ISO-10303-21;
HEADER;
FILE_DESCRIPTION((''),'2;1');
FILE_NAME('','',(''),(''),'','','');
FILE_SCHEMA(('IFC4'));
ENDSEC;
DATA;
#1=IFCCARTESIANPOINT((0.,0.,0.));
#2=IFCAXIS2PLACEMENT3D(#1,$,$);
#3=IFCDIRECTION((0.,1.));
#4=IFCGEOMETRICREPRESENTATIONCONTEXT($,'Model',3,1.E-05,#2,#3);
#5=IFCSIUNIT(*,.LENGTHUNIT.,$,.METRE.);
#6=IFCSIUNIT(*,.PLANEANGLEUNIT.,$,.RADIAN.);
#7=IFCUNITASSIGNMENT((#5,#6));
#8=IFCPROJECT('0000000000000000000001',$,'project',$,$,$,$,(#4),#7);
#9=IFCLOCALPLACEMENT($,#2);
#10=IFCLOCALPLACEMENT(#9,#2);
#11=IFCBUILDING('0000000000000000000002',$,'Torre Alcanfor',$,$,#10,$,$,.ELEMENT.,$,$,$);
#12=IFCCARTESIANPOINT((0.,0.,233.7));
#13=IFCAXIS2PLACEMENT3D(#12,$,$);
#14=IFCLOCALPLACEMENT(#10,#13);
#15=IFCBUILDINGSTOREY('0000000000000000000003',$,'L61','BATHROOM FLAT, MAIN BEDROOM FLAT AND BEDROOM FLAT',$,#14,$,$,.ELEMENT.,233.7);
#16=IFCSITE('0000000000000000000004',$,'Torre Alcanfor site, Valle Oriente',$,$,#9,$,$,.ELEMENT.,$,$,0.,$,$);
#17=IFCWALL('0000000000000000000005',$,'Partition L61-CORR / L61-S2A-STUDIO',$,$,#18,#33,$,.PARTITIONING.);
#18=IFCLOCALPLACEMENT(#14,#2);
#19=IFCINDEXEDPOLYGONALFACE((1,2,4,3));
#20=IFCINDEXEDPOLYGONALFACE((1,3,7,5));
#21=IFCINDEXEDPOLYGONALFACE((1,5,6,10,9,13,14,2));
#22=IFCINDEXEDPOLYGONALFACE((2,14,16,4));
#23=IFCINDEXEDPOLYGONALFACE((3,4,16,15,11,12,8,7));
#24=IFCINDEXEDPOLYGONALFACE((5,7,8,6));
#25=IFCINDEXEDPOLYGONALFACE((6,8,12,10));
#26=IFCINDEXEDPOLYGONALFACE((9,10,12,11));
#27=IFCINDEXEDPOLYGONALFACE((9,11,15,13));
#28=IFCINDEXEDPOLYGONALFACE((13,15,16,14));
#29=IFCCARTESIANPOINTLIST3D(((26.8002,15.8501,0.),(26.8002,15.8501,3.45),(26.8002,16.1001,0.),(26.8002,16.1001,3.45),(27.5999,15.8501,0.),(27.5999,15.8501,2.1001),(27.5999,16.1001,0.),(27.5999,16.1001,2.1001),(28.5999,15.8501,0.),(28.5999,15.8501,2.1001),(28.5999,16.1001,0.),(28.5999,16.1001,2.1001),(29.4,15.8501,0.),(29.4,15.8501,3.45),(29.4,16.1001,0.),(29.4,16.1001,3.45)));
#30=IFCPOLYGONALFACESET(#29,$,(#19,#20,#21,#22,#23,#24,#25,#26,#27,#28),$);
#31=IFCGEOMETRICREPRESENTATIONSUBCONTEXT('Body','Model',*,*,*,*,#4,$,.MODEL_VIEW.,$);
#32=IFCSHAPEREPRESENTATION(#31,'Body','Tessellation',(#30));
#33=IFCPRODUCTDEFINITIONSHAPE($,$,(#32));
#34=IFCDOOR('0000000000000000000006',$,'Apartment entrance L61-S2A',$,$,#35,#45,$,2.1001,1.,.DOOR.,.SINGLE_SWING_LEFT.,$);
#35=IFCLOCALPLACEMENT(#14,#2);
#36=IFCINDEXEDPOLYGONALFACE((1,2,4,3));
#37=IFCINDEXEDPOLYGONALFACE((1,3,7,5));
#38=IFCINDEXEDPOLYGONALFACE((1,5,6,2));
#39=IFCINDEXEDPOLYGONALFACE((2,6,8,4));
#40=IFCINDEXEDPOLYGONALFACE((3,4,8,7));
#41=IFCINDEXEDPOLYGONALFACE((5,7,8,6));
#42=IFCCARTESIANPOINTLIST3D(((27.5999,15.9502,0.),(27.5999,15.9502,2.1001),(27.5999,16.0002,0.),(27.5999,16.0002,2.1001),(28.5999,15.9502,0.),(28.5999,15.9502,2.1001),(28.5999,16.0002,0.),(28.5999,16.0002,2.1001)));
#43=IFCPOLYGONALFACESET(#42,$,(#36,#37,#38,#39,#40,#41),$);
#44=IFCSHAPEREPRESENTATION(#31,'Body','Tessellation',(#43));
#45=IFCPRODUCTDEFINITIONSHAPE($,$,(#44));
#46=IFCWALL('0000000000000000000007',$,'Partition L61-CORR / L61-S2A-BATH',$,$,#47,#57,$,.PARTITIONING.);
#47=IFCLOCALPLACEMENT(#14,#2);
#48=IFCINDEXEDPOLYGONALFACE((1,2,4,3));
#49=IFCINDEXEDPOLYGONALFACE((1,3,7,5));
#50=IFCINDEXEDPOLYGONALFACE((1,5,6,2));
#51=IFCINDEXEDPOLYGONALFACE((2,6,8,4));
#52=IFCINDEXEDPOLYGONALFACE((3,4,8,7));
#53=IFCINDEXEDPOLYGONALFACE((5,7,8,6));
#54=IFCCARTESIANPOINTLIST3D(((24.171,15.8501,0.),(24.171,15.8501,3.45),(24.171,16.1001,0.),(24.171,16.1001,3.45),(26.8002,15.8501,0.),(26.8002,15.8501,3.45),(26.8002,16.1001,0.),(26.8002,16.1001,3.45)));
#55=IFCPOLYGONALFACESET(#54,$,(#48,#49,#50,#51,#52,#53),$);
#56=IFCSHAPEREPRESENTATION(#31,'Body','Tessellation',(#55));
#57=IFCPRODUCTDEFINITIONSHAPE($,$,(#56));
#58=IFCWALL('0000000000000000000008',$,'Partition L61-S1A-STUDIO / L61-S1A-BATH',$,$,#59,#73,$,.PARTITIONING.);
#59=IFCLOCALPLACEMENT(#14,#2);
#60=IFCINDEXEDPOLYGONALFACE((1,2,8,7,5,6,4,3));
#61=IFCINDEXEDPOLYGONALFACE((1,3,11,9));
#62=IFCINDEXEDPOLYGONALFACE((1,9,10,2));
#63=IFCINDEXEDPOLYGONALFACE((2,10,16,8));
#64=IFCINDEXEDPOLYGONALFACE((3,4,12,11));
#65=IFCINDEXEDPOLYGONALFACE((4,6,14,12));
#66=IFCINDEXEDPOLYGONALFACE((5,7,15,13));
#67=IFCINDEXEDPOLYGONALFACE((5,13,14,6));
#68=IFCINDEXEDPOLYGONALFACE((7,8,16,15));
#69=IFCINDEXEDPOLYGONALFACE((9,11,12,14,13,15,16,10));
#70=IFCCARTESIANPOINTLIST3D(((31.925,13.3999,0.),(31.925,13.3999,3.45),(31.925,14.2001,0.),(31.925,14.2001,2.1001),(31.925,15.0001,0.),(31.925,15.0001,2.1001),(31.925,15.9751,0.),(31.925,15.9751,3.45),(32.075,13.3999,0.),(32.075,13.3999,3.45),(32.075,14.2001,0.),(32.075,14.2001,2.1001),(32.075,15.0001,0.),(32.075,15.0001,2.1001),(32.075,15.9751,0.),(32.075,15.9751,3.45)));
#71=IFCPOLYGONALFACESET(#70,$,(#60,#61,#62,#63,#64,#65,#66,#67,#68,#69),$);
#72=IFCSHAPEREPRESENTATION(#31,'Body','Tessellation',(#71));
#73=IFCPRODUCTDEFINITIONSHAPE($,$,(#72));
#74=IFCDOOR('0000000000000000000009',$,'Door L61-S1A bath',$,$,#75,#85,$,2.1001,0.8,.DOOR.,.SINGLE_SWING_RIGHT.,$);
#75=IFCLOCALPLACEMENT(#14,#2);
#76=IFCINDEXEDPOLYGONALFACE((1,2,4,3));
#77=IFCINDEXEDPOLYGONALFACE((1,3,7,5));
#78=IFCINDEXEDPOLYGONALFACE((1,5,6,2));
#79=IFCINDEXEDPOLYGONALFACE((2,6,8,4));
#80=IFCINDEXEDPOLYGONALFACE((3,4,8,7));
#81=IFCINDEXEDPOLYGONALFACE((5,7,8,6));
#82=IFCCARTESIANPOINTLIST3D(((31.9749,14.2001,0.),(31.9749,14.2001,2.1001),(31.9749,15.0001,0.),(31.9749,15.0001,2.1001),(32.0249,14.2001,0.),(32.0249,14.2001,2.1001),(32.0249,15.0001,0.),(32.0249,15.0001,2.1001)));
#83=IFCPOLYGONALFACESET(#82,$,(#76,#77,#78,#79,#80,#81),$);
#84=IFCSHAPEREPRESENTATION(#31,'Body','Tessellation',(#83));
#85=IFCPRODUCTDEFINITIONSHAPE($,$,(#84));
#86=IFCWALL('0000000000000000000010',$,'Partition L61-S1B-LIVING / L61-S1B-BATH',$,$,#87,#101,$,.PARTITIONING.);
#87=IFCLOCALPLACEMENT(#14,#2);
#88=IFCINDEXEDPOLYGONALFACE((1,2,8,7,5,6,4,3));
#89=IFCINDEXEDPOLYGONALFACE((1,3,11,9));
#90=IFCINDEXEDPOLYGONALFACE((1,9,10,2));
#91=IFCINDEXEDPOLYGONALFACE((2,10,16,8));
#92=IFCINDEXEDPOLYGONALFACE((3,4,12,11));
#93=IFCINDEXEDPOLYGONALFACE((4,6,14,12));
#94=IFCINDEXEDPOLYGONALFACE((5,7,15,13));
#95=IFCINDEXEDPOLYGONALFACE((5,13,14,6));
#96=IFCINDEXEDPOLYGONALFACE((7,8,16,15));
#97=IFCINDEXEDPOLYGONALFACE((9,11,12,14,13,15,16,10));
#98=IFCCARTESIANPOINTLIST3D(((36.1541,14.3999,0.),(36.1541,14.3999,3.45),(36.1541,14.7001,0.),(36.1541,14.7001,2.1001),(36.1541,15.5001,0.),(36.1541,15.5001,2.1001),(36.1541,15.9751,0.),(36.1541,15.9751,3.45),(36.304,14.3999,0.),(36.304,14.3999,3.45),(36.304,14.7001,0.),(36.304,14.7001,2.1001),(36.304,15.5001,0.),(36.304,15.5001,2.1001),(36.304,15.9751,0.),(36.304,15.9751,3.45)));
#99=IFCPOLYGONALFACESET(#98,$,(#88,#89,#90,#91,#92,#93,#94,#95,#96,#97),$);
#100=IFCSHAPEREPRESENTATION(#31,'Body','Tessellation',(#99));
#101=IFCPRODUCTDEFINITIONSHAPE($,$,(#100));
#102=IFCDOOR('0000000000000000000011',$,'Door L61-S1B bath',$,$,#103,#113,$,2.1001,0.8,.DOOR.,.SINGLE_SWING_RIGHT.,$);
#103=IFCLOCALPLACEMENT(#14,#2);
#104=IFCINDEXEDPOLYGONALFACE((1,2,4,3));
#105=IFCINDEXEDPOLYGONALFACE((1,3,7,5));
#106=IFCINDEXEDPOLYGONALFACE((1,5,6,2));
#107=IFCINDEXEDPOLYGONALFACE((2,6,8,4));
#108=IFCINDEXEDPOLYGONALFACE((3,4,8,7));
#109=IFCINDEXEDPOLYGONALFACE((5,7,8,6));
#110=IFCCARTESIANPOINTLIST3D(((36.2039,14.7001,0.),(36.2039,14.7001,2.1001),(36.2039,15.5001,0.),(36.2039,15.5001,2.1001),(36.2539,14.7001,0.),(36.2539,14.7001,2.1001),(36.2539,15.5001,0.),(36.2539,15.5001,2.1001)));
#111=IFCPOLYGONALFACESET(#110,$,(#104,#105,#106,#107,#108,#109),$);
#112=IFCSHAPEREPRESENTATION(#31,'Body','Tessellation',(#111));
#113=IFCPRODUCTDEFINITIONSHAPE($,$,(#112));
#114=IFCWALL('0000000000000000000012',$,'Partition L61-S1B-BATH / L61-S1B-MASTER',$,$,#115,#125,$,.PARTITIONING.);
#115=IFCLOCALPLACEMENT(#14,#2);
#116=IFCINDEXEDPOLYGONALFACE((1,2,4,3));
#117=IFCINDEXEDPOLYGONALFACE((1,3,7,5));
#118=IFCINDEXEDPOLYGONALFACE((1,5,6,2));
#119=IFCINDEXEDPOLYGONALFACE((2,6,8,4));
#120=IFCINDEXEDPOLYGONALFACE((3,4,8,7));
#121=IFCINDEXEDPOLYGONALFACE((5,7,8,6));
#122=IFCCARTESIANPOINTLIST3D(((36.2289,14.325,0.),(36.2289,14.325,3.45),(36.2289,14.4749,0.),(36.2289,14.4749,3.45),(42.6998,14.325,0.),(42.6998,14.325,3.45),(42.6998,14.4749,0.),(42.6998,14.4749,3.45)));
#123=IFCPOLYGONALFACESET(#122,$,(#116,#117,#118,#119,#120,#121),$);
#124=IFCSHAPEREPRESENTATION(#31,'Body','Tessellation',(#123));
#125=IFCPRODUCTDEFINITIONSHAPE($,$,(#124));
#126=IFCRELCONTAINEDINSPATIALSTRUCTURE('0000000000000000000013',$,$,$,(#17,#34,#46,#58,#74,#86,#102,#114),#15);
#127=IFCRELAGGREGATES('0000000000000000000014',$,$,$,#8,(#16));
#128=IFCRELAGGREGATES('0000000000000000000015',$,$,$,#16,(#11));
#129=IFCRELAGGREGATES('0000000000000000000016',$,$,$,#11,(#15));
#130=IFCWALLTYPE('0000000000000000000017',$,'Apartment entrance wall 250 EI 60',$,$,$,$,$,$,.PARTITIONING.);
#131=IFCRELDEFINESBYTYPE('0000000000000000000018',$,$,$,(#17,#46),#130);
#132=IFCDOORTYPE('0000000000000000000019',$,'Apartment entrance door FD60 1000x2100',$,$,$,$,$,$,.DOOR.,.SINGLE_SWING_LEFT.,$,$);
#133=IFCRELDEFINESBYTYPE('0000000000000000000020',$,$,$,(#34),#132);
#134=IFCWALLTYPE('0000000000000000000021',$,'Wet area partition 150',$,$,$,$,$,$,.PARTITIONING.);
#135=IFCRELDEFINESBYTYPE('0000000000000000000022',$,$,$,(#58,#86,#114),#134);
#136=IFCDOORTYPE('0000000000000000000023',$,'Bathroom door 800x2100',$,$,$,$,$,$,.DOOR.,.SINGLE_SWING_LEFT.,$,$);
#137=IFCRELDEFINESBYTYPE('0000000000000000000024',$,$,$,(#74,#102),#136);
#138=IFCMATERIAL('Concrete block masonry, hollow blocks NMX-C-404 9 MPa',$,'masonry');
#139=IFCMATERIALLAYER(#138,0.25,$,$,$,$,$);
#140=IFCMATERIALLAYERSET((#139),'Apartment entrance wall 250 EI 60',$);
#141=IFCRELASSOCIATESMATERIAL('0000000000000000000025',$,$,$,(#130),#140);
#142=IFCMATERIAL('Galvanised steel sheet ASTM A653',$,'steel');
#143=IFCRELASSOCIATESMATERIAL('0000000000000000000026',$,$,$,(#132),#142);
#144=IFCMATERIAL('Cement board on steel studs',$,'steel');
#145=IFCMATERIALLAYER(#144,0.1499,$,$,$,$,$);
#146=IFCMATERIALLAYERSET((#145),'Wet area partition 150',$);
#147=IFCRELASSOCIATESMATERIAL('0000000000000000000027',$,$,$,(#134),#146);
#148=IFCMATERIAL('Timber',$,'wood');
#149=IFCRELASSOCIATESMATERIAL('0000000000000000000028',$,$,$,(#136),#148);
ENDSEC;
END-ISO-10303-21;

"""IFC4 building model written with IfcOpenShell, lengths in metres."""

from ifc_helpers import new_model, si_unit, direction, frame, frame_2d, origin, place, context, subcontext, project, spatial, rectangle, extrude, material, layer, layer_set, type_object, element, fill, save


model = new_model("IFC4")

# Units and contexts
model_context = context("Model", 3, precision=1e-05, world=origin(), true_north=direction((0.0, 1.0)))
body_context = subcontext(model_context, "Body", "Model", "MODEL_VIEW")
ifc_project = project(units=[si_unit("LENGTHUNIT", "METRE"), si_unit("PLANEANGLEUNIT", "RADIAN")], contexts=[model_context])

# Site, building, storey
site_placement = place(None, origin())
site = spatial("IfcSite", under=ifc_project, at=site_placement, Name="Torre Alcanfor site, Valle Oriente", CompositionType="ELEMENT", RefElevation=0.0)
building_placement = place(site_placement, origin())
building = spatial("IfcBuilding", under=site, at=building_placement, Name="Torre Alcanfor", CompositionType="ELEMENT")
storey_placement = place(building_placement, frame((0.0, 0.0, 233.7)))
storey = spatial("IfcBuildingStorey", under=building, at=storey_placement, Name="L61", Description="BATHROOM FLAT, MAIN BEDROOM FLAT AND BEDROOM FLAT", CompositionType="ELEMENT", Elevation=233.7)

# Shared definitions
ifc_material_1 = material(Name="Concrete block masonry, hollow blocks NMX-C-404 9 MPa", Category="masonry")
ifc_layer_1 = layer(ifc_material_1, 0.25)
ifc_layer_set_1 = layer_set([ifc_layer_1], Name="Apartment entrance wall 250 EI 60")
wall_type_1 = type_object("IfcWallType", Name="Apartment entrance wall 250 EI 60", PredefinedType="PARTITIONING", material=ifc_layer_set_1)
ifc_material_2 = material(Name="Galvanised steel sheet ASTM A653", Category="steel")
door_type_1 = type_object("IfcDoorType", Name="Apartment entrance door FD60 1000x2100", OperationType="SINGLE_SWING_LEFT", PredefinedType="DOOR", material=ifc_material_2)

# Wall, opening, door
wall_1_placement = place(storey_placement, frame((29.3999, 15.9751, 0.0), z_axis=(0.0, 0.0, 1.0), x_axis=(-1.0, 0.0, 0.0)))
wall_1 = element("IfcWall", 1, at=wall_1_placement, inside=storey, type_object=wall_type_1, Name="Partition L61-CORR / L61-S2A-STUDIO", PredefinedType="PARTITIONING", context=body_context, shape_type="SweptSolid", body=[
    extrude(rectangle(XDim=2.5999, YDim=0.25, at=frame_2d((1.2998, 0.0))), origin(), (0.0, 0.0, 1.0), 3.45),
])
opening_1_placement = place(wall_1_placement, frame((0.8, 0.0, 0.0)))
opening_1 = element("IfcOpeningElement", 2, at=opening_1_placement, cuts=wall_1, PredefinedType="OPENING", context=body_context, shape_type="SweptSolid", body=[
    extrude(rectangle(XDim=1.0, YDim=2.1001, at=frame_2d((0.5, 1.05))), frame((0.0, 0.135, 0.0), z_axis=(0.0, -1.0, 0.0), x_axis=(1.0, 0.0, 0.0)), (0.0, 0.0, 1.0), 0.27),
])
door_1_placement = place(opening_1_placement, origin())
door_1 = element("IfcDoor", 3, at=door_1_placement, inside=storey, type_object=door_type_1, Name="Apartment entrance L61-S2A", OperationType="SINGLE_SWING_LEFT", OverallHeight=2.1001, OverallWidth=1.0, PredefinedType="DOOR", context=body_context, shape_type="SweptSolid", body=[
    extrude(rectangle(XDim=1.0, YDim=2.1001, at=frame_2d((0.5, 1.05))), frame((0.0, 0.0249, 0.0), z_axis=(0.0, -1.0, 0.0), x_axis=(1.0, 0.0, 0.0)), (0.0, 0.0, 1.0), 0.05),
])
fill(opening_1, door_1)

# Wall
wall_2_placement = place(storey_placement, frame((26.8, 15.9751, 0.0), z_axis=(0.0, 0.0, 1.0), x_axis=(-1.0, 0.0, 0.0)))
element("IfcWall", 4, at=wall_2_placement, inside=storey, type_object=wall_type_1, Name="Partition L61-CORR / L61-S2A-BATH", PredefinedType="PARTITIONING", context=body_context, shape_type="SweptSolid", body=[
    extrude(rectangle(XDim=2.6292, YDim=0.25, at=frame_2d((1.3145, 0.0))), origin(), (0.0, 0.0, 1.0), 3.45),
])

# Walls, openings, doors
ifc_material_3 = material(Name="Cement board on steel studs", Category="steel")
ifc_layer_2 = layer(ifc_material_3, 0.1499)
ifc_layer_set_2 = layer_set([ifc_layer_2], Name="Wet area partition 150")
wall_type_2 = type_object("IfcWallType", Name="Wet area partition 150", PredefinedType="PARTITIONING", material=ifc_layer_set_2)
wall_3_placement = place(storey_placement, frame((32.0, 15.9751, 0.0), z_axis=(0.0, 0.0, 1.0), x_axis=(0.0, -1.0, 0.0)))
wall_3 = element("IfcWall", 5, at=wall_3_placement, inside=storey, type_object=wall_type_2, Name="Partition L61-S1A-STUDIO / L61-S1A-BATH", PredefinedType="PARTITIONING", context=body_context, shape_type="SweptSolid", body=[
    extrude(rectangle(XDim=2.5752, YDim=0.1499, at=frame_2d((1.2876, 0.0))), origin(), (0.0, 0.0, 1.0), 3.45),
])
opening_2_placement = place(wall_3_placement, frame((0.9751, 0.0, 0.0)))
opening_2 = element("IfcOpeningElement", 6, at=opening_2_placement, cuts=wall_3, PredefinedType="OPENING", context=body_context, shape_type="SweptSolid", body=[
    extrude(rectangle(XDim=0.8, YDim=2.1001, at=frame_2d((0.3999, 1.05))), frame((0.0, 0.085, 0.0), z_axis=(0.0, -1.0, 0.0), x_axis=(1.0, 0.0, 0.0)), (0.0, 0.0, 1.0), 0.1699),
])
ifc_material_4 = material(Name="Timber", Category="wood")
door_type_2 = type_object("IfcDoorType", Name="Bathroom door 800x2100", OperationType="SINGLE_SWING_LEFT", PredefinedType="DOOR", material=ifc_material_4)
door_2_placement = place(opening_2_placement, origin())
door_2 = element("IfcDoor", 7, at=door_2_placement, inside=storey, type_object=door_type_2, Name="Door L61-S1A bath", OperationType="SINGLE_SWING_RIGHT", OverallHeight=2.1001, OverallWidth=0.8, PredefinedType="DOOR", context=body_context, shape_type="SweptSolid", body=[
    extrude(rectangle(XDim=0.8, YDim=2.1001, at=frame_2d((0.3999, 1.05))), frame((0.0, 0.0249, 0.0), z_axis=(0.0, -1.0, 0.0), x_axis=(1.0, 0.0, 0.0)), (0.0, 0.0, 1.0), 0.05),
])
fill(opening_2, door_2)
wall_4_placement = place(storey_placement, frame((36.229, 15.9751, 0.0), z_axis=(0.0, 0.0, 1.0), x_axis=(0.0, -1.0, 0.0)))
wall_4 = element("IfcWall", 8, at=wall_4_placement, inside=storey, type_object=wall_type_2, Name="Partition L61-S1B-LIVING / L61-S1B-BATH", PredefinedType="PARTITIONING", context=body_context, shape_type="SweptSolid", body=[
    extrude(rectangle(XDim=1.5752, YDim=0.1499, at=frame_2d((0.7876, 0.0))), origin(), (0.0, 0.0, 1.0), 3.45),
])
opening_3_placement = place(wall_4_placement, frame((0.4751, 0.0, 0.0)))
opening_3 = element("IfcOpeningElement", 9, at=opening_3_placement, cuts=wall_4, PredefinedType="OPENING", context=body_context, shape_type="SweptSolid", body=[
    extrude(rectangle(XDim=0.8, YDim=2.1001, at=frame_2d((0.3999, 1.05))), frame((0.0, 0.085, 0.0), z_axis=(0.0, -1.0, 0.0), x_axis=(1.0, 0.0, 0.0)), (0.0, 0.0, 1.0), 0.1699),
])
door_3_placement = place(opening_3_placement, origin())
door_3 = element("IfcDoor", 10, at=door_3_placement, inside=storey, type_object=door_type_2, Name="Door L61-S1B bath", OperationType="SINGLE_SWING_RIGHT", OverallHeight=2.1001, OverallWidth=0.8, PredefinedType="DOOR", context=body_context, shape_type="SweptSolid", body=[
    extrude(rectangle(XDim=0.8, YDim=2.1001, at=frame_2d((0.3999, 1.05))), frame((0.0, 0.0249, 0.0), z_axis=(0.0, -1.0, 0.0), x_axis=(1.0, 0.0, 0.0)), (0.0, 0.0, 1.0), 0.05),
])
fill(opening_3, door_3)

# Wall
wall_5_placement = place(storey_placement, frame((36.229, 14.3999, 0.0), z_axis=(0.0, 0.0, 1.0), x_axis=(1.0, 0.0, 0.0)))
element("IfcWall", 11, at=wall_5_placement, inside=storey, type_object=wall_type_2, Name="Partition L61-S1B-BATH / L61-S1B-MASTER", PredefinedType="PARTITIONING", context=body_context, shape_type="SweptSolid", body=[
    extrude(rectangle(XDim=6.4709, YDim=0.1499, at=frame_2d((3.2354, 0.0))), origin(), (0.0, 0.0, 1.0), 3.45),
])

save(model, "model.ifc")
